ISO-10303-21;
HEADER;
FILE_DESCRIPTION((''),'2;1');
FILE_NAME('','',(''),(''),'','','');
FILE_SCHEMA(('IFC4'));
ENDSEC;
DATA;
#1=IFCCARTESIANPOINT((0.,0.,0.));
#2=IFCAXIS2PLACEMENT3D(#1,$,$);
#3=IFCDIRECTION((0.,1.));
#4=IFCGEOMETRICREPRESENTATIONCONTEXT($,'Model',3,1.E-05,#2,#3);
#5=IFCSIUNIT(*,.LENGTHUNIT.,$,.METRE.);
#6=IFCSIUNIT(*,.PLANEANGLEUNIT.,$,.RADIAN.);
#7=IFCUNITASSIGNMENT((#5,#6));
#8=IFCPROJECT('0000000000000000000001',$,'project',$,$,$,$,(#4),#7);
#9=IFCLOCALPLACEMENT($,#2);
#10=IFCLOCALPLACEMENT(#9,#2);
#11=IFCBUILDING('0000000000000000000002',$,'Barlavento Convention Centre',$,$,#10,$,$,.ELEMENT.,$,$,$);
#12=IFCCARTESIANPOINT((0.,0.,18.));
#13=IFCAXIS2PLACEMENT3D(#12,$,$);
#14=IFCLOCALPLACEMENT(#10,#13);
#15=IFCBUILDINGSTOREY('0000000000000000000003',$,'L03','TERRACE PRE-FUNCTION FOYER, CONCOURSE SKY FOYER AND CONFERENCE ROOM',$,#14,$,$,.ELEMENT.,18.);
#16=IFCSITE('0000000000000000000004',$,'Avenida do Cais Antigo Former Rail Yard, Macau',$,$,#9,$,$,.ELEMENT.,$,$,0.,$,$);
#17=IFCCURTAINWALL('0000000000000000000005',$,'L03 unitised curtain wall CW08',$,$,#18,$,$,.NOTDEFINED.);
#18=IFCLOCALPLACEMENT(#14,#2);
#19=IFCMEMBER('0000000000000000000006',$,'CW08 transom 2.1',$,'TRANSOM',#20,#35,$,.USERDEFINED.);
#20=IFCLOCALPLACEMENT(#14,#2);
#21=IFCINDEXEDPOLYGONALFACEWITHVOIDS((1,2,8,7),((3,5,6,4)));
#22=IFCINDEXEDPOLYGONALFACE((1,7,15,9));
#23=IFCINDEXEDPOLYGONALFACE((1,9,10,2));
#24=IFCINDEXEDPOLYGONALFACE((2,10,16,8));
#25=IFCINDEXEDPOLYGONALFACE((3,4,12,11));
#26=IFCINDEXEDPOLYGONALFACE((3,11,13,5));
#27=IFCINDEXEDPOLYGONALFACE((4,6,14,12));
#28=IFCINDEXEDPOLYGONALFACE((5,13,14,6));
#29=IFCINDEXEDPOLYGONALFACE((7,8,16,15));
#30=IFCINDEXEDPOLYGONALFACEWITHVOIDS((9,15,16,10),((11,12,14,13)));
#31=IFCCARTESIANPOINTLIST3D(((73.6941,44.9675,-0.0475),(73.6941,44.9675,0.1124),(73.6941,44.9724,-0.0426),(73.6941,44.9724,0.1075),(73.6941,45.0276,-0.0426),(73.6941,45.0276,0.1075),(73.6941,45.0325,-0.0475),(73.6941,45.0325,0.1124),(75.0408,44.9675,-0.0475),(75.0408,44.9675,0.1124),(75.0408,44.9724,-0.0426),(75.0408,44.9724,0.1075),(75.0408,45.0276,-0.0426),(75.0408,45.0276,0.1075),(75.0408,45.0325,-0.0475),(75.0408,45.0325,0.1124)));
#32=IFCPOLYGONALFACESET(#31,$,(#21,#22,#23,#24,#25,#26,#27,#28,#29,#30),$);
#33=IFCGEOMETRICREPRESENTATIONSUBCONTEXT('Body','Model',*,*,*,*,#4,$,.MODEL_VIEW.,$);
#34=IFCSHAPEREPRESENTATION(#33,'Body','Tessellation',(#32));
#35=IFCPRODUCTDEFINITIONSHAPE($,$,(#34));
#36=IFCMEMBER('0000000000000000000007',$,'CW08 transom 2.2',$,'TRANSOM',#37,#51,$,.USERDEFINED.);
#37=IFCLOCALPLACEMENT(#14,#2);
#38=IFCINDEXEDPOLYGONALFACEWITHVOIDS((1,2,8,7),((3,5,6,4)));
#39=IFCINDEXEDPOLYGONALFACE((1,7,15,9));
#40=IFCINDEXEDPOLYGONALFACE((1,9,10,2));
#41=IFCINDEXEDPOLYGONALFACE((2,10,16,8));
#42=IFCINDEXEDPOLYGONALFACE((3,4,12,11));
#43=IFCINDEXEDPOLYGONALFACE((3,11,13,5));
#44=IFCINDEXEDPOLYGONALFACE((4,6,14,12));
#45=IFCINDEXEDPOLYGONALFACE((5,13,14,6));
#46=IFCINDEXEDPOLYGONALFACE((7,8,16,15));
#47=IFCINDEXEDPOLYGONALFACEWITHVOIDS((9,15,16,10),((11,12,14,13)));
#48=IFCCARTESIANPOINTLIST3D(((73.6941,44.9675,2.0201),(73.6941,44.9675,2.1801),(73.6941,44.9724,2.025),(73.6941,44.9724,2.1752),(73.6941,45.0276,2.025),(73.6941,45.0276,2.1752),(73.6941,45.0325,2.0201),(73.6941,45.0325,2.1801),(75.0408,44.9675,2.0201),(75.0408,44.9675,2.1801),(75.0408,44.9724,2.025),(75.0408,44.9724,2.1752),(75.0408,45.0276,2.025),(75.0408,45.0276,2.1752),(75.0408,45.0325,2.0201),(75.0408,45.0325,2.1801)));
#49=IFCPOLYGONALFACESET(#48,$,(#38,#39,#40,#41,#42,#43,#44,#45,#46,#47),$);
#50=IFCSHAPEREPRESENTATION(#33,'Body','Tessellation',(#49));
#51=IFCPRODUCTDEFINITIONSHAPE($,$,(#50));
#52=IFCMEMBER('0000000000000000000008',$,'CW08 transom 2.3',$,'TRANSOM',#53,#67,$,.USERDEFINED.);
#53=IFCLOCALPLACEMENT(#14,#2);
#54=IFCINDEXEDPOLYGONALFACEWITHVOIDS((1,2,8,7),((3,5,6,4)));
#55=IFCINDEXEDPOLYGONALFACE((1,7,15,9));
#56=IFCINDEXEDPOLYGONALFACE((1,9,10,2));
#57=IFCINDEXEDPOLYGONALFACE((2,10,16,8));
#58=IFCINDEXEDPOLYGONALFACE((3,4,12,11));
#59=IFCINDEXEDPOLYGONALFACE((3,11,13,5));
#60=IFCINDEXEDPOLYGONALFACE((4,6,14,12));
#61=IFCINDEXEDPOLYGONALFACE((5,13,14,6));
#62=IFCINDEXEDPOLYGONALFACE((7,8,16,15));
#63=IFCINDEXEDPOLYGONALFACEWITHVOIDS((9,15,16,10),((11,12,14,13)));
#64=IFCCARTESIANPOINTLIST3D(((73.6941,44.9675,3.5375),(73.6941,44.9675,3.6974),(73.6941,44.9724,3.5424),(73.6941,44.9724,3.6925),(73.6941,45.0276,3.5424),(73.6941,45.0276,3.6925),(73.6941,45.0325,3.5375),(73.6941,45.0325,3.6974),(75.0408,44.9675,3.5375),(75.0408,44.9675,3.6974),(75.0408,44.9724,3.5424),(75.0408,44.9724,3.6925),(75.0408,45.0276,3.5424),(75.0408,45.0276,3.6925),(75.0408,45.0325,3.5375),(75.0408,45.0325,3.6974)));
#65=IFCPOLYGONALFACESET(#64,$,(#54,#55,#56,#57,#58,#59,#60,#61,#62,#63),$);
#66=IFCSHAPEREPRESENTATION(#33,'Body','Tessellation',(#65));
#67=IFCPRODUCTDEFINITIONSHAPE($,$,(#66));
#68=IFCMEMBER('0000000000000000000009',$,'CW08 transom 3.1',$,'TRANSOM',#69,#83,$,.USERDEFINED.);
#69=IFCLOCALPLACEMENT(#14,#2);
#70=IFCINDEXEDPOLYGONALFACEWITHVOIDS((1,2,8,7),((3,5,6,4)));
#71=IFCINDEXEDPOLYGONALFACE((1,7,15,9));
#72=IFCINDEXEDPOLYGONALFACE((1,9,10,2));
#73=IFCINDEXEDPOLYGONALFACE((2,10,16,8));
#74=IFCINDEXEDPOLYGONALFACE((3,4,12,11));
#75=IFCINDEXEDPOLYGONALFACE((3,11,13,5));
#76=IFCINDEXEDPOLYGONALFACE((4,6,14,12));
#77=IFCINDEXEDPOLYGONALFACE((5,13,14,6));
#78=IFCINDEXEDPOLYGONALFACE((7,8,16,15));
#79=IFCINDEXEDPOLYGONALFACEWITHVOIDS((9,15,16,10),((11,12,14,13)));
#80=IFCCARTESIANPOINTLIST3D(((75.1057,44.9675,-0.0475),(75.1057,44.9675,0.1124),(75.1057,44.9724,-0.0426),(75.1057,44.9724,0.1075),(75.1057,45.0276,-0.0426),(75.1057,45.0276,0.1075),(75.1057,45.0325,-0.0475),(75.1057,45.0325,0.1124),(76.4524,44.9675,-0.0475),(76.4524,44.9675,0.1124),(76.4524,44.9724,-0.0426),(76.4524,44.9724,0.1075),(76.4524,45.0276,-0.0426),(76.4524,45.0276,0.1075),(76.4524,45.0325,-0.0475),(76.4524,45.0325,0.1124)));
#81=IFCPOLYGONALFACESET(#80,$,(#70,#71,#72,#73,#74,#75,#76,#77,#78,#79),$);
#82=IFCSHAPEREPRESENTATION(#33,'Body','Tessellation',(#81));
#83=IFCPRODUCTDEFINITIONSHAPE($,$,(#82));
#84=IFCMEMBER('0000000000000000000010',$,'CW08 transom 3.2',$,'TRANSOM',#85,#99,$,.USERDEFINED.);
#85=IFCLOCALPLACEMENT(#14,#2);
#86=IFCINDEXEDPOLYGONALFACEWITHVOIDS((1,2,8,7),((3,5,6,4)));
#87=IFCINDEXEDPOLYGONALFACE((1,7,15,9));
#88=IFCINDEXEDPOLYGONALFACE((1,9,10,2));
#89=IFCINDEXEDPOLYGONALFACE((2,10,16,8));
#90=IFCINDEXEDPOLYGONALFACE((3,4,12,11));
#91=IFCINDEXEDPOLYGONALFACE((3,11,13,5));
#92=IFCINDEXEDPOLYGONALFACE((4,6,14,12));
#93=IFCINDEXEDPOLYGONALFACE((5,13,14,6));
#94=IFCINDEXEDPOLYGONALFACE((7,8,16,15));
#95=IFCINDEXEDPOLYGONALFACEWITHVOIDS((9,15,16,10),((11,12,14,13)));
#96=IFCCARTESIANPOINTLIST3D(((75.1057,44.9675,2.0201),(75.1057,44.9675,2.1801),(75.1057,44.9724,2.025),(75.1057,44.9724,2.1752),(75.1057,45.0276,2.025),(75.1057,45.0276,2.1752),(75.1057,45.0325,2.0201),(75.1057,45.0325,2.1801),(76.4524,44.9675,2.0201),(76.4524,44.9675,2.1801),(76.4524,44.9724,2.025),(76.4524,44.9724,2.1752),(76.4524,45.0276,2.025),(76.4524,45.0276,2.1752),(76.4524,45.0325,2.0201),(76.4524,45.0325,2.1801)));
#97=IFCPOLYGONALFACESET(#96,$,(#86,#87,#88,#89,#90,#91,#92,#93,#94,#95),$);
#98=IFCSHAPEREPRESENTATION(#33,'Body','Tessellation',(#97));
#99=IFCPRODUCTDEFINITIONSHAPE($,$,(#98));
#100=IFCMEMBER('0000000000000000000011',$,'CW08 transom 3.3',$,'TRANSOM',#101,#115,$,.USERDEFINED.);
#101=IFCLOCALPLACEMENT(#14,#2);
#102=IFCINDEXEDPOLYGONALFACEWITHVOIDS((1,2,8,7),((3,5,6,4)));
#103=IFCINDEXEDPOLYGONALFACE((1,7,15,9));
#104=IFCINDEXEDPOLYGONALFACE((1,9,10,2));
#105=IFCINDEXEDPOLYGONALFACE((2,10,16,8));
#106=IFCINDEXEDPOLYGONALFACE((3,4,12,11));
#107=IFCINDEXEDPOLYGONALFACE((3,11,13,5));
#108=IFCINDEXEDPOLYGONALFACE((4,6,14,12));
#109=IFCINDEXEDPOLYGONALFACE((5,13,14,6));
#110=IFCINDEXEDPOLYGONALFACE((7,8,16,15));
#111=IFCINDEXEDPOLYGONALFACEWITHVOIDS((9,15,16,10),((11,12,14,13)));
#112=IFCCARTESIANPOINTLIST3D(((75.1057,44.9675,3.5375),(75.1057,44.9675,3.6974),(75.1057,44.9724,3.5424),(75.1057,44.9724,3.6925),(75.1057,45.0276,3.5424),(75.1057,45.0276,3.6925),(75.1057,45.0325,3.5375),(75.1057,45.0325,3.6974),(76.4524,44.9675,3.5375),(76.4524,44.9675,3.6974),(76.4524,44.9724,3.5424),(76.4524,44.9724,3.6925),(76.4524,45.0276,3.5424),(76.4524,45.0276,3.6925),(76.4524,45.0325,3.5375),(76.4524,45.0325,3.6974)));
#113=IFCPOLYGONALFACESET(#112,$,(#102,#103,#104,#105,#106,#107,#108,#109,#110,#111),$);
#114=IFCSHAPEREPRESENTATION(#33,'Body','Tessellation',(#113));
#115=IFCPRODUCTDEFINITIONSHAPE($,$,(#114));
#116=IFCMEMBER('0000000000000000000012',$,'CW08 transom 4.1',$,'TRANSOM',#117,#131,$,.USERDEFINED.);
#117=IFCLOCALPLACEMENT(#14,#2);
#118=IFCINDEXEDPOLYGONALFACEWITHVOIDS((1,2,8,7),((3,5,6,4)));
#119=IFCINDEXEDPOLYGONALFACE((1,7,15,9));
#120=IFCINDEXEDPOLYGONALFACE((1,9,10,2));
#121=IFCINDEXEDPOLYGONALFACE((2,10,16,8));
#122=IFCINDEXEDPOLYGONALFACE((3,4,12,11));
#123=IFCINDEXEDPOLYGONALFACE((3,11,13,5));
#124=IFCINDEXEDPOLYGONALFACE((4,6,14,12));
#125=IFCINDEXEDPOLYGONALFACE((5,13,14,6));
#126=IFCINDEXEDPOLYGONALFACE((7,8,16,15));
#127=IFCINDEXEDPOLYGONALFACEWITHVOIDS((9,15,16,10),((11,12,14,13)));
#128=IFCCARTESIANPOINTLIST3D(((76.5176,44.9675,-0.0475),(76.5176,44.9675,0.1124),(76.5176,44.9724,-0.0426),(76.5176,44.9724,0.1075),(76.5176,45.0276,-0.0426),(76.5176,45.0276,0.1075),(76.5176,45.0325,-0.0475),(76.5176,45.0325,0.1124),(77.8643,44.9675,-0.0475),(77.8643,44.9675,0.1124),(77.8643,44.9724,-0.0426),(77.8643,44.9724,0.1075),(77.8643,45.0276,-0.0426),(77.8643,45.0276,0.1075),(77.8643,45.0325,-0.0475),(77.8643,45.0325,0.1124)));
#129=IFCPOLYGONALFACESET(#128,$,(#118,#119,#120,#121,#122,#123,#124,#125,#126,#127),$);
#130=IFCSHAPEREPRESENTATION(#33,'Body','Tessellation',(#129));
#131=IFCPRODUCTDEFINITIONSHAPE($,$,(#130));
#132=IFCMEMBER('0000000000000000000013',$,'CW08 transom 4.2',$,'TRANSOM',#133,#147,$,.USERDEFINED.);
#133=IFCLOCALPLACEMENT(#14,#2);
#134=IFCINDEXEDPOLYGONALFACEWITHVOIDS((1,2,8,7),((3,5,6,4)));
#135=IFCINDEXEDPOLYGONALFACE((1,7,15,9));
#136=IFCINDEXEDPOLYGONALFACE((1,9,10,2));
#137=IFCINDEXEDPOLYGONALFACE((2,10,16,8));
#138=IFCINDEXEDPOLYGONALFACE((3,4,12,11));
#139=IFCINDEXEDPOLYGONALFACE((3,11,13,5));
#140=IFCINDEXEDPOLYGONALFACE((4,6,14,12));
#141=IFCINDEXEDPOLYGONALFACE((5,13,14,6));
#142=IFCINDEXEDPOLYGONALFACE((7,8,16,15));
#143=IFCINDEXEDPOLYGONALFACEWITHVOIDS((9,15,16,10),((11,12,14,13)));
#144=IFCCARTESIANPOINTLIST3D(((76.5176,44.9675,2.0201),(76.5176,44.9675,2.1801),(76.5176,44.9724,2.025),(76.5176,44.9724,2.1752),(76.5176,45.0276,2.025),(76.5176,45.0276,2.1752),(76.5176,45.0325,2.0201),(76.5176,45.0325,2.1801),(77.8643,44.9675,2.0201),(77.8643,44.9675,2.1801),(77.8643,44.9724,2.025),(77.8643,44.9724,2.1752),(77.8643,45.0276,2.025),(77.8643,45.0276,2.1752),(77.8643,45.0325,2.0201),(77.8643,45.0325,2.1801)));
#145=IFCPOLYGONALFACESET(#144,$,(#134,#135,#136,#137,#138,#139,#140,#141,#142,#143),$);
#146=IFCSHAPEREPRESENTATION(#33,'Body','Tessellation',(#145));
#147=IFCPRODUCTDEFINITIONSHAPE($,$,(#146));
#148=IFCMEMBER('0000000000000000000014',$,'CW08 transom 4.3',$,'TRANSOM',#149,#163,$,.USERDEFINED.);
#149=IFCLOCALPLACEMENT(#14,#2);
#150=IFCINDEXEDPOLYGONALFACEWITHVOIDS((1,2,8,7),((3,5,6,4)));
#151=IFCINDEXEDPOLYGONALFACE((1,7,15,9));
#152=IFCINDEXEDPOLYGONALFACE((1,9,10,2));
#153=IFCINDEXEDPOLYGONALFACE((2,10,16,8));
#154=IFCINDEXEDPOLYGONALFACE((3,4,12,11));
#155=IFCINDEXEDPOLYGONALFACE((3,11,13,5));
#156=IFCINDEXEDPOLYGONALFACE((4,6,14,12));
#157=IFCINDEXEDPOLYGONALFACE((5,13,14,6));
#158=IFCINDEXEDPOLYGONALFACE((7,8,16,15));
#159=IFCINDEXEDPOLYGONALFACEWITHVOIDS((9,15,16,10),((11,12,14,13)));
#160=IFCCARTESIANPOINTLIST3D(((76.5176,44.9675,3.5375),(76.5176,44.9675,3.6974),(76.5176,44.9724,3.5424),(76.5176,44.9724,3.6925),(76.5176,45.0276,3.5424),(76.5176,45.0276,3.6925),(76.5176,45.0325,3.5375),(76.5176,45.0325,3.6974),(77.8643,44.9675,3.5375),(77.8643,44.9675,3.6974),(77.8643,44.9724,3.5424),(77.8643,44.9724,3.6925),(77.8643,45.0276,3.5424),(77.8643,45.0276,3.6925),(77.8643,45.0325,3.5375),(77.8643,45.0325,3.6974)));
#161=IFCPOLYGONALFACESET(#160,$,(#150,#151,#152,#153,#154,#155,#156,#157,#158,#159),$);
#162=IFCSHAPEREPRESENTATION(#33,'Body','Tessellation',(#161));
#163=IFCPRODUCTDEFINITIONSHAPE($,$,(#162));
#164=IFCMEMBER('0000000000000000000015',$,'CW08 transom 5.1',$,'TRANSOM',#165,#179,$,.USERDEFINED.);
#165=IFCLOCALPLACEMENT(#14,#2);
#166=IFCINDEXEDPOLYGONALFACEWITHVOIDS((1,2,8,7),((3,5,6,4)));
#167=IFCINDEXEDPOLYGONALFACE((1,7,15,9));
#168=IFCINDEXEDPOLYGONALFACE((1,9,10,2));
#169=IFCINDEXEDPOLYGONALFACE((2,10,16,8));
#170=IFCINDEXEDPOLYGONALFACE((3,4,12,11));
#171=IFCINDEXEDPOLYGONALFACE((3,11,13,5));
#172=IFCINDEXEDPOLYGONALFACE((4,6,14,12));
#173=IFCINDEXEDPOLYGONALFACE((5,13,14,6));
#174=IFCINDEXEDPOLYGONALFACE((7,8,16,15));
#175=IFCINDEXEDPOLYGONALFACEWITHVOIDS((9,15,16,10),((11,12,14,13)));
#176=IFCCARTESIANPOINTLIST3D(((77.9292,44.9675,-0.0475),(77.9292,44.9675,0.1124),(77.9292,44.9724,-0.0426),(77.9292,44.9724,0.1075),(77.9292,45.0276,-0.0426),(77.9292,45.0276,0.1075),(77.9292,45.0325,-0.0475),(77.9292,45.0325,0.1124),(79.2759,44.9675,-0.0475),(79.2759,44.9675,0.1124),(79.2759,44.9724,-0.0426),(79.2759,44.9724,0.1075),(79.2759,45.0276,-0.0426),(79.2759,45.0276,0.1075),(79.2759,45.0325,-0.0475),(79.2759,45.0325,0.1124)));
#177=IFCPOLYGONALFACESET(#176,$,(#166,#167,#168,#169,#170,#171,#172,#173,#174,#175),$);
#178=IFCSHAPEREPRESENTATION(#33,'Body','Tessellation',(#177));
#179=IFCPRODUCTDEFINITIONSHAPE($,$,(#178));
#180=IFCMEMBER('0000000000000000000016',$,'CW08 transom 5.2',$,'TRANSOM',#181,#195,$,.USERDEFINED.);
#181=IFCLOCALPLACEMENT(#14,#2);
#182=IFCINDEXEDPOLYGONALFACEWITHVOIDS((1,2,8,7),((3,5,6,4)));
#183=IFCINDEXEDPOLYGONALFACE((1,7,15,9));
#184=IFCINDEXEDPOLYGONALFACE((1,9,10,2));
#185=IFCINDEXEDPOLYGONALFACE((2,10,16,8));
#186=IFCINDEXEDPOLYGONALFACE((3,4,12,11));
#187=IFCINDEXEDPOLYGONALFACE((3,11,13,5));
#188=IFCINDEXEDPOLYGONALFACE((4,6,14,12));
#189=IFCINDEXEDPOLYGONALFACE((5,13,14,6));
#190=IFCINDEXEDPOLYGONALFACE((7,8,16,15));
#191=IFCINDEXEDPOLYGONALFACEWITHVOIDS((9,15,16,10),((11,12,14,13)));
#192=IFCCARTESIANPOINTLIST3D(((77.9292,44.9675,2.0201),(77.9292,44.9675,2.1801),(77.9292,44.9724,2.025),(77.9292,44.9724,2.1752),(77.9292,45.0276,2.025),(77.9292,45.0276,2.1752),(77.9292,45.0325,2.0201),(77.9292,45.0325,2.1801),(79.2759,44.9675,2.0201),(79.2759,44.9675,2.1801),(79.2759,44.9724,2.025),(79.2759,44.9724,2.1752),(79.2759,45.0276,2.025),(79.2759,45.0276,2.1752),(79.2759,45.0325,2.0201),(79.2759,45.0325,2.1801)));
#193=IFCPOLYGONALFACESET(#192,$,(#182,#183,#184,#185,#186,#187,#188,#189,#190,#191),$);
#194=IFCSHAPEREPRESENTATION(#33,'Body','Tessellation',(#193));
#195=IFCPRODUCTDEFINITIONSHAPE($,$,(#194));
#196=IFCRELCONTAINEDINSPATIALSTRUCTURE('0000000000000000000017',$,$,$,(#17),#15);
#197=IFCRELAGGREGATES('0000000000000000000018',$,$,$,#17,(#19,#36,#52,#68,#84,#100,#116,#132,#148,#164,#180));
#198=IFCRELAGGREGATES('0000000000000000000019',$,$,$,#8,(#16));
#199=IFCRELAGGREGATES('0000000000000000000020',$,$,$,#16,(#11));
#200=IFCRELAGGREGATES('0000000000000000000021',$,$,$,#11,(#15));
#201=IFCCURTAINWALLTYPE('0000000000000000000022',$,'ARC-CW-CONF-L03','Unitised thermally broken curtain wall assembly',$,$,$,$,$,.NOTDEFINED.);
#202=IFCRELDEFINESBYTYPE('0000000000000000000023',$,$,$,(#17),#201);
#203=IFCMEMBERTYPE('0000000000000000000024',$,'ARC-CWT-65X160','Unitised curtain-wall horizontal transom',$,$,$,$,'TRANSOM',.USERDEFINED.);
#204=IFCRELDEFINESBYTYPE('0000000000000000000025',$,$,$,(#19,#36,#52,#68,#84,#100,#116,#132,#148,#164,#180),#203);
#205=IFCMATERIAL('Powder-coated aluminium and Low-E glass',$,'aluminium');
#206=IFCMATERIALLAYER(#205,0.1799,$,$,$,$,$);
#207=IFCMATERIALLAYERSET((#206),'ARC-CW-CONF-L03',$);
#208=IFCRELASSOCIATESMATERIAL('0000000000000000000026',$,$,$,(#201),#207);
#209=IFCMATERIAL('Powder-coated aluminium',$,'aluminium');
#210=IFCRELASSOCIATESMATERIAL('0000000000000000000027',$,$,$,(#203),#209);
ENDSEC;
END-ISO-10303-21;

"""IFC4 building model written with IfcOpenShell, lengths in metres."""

from ifc_helpers import new_model, si_unit, direction, frame, origin, origin_2d, place, context, subcontext, project, spatial, hollow_rectangle, extrude, material, layer, layer_set, material_profile, profile_set, type_object, element, aggregate, save


model = new_model("IFC4")

# Units and contexts
model_context = context("Model", 3, precision=1e-05, world=origin(), true_north=direction((0.0, 1.0)))
body_context = subcontext(model_context, "Body", "Model", "MODEL_VIEW")
ifc_project = project(units=[si_unit("LENGTHUNIT", "METRE"), si_unit("PLANEANGLEUNIT", "RADIAN")], contexts=[model_context])

# Site, building, storey
site_placement = place(None, origin())
site = spatial("IfcSite", under=ifc_project, at=site_placement, Name="Avenida do Cais Antigo Former Rail Yard, Macau", CompositionType="ELEMENT", RefElevation=0.0)
building_placement = place(site_placement, origin())
building = spatial("IfcBuilding", under=site, at=building_placement, Name="Barlavento Convention Centre", CompositionType="ELEMENT")
storey_placement = place(building_placement, frame((0.0, 0.0, 18.0)))
storey = spatial("IfcBuildingStorey", under=building, at=storey_placement, Name="L03", Description="TERRACE PRE-FUNCTION FOYER, CONCOURSE SKY FOYER AND CONFERENCE ROOM", CompositionType="ELEMENT", Elevation=18.0)

# Curtain wall, members
ifc_material_1 = material(Name="Powder-coated aluminium and Low-E glass", Category="aluminium")
ifc_layer_1 = layer(ifc_material_1, 0.1799)
ifc_layer_set_1 = layer_set([ifc_layer_1], Name="ARC-CW-CONF-L03")
curtain_wall_type = type_object("IfcCurtainWallType", Name="ARC-CW-CONF-L03", Description="Unitised thermally broken curtain wall assembly", PredefinedType="NOTDEFINED", material=ifc_layer_set_1)
curtain_wall_placement = place(storey_placement, origin())
curtain_wall = element("IfcCurtainWall", 1, at=curtain_wall_placement, inside=storey, type_object=curtain_wall_type, Name="L03 unitised curtain wall CW08", PredefinedType="NOTDEFINED")
ifc_material_2 = material(Name="Powder-coated aluminium", Category="aluminium")
ifc_material_profile_1 = material_profile(ifc_material_2, hollow_rectangle(XDim=0.0649, YDim=0.1599, WallThickness=0.0049, at=origin_2d()), Name="AL-TRAN 65x160x5")
ifc_profile_set_1 = profile_set([ifc_material_profile_1], Name="Powder-coated aluminium")
member_type_1 = type_object("IfcMemberType", Name="ARC-CWT-65X160", Description="Unitised curtain-wall horizontal transom", ElementType="TRANSOM", PredefinedType="USERDEFINED", material=ifc_profile_set_1)
member_1_placement = place(storey_placement, frame((73.6941, 45.0, 0.0325), z_axis=(1.0, 0.0, 0.0), x_axis=(0.0, 1.0, 0.0)))
member_1 = element("IfcMember", 2, at=member_1_placement, type_object=member_type_1, Name="CW08 transom 2.1", ObjectType="TRANSOM", PredefinedType="USERDEFINED", context=body_context, shape_type="SweptSolid", body=[
    extrude(hollow_rectangle(XDim=0.0649, YDim=0.1599, WallThickness=0.0049, at=origin_2d()), origin(), (0.0, 0.0, 1.0), 1.3467),
])
member_2_placement = place(storey_placement, frame((73.6941, 45.0, 2.1001), z_axis=(1.0, 0.0, 0.0), x_axis=(0.0, 1.0, 0.0)))
member_2 = element("IfcMember", 3, at=member_2_placement, type_object=member_type_1, Name="CW08 transom 2.2", ObjectType="TRANSOM", PredefinedType="USERDEFINED", context=body_context, shape_type="SweptSolid", body=[
    extrude(hollow_rectangle(XDim=0.0649, YDim=0.1599, WallThickness=0.0049, at=origin_2d()), origin(), (0.0, 0.0, 1.0), 1.3467),
])
member_3_placement = place(storey_placement, frame((73.6941, 45.0, 3.6174), z_axis=(1.0, 0.0, 0.0), x_axis=(0.0, 1.0, 0.0)))
member_3 = element("IfcMember", 4, at=member_3_placement, type_object=member_type_1, Name="CW08 transom 2.3", ObjectType="TRANSOM", PredefinedType="USERDEFINED", context=body_context, shape_type="SweptSolid", body=[
    extrude(hollow_rectangle(XDim=0.0649, YDim=0.1599, WallThickness=0.0049, at=origin_2d()), origin(), (0.0, 0.0, 1.0), 1.3467),
])
member_4_placement = place(storey_placement, frame((75.1057, 45.0, 0.0325), z_axis=(1.0, 0.0, 0.0), x_axis=(0.0, 1.0, 0.0)))
member_4 = element("IfcMember", 5, at=member_4_placement, type_object=member_type_1, Name="CW08 transom 3.1", ObjectType="TRANSOM", PredefinedType="USERDEFINED", context=body_context, shape_type="SweptSolid", body=[
    extrude(hollow_rectangle(XDim=0.0649, YDim=0.1599, WallThickness=0.0049, at=origin_2d()), origin(), (0.0, 0.0, 1.0), 1.3467),
])
member_5_placement = place(storey_placement, frame((75.1057, 45.0, 2.1001), z_axis=(1.0, 0.0, 0.0), x_axis=(0.0, 1.0, 0.0)))
member_5 = element("IfcMember", 6, at=member_5_placement, type_object=member_type_1, Name="CW08 transom 3.2", ObjectType="TRANSOM", PredefinedType="USERDEFINED", context=body_context, shape_type="SweptSolid", body=[
    extrude(hollow_rectangle(XDim=0.0649, YDim=0.1599, WallThickness=0.0049, at=origin_2d()), origin(), (0.0, 0.0, 1.0), 1.3467),
])
member_6_placement = place(storey_placement, frame((75.1057, 45.0, 3.6174), z_axis=(1.0, 0.0, 0.0), x_axis=(0.0, 1.0, 0.0)))
member_6 = element("IfcMember", 7, at=member_6_placement, type_object=member_type_1, Name="CW08 transom 3.3", ObjectType="TRANSOM", PredefinedType="USERDEFINED", context=body_context, shape_type="SweptSolid", body=[
    extrude(hollow_rectangle(XDim=0.0649, YDim=0.1599, WallThickness=0.0049, at=origin_2d()), origin(), (0.0, 0.0, 1.0), 1.3467),
])
member_7_placement = place(storey_placement, frame((76.5176, 45.0, 0.0325), z_axis=(1.0, 0.0, 0.0), x_axis=(0.0, 1.0, 0.0)))
member_7 = element("IfcMember", 8, at=member_7_placement, type_object=member_type_1, Name="CW08 transom 4.1", ObjectType="TRANSOM", PredefinedType="USERDEFINED", context=body_context, shape_type="SweptSolid", body=[
    extrude(hollow_rectangle(XDim=0.0649, YDim=0.1599, WallThickness=0.0049, at=origin_2d()), origin(), (0.0, 0.0, 1.0), 1.3467),
])
member_8_placement = place(storey_placement, frame((76.5176, 45.0, 2.1001), z_axis=(1.0, 0.0, 0.0), x_axis=(0.0, 1.0, 0.0)))
member_8 = element("IfcMember", 9, at=member_8_placement, type_object=member_type_1, Name="CW08 transom 4.2", ObjectType="TRANSOM", PredefinedType="USERDEFINED", context=body_context, shape_type="SweptSolid", body=[
    extrude(hollow_rectangle(XDim=0.0649, YDim=0.1599, WallThickness=0.0049, at=origin_2d()), origin(), (0.0, 0.0, 1.0), 1.3467),
])
member_9_placement = place(storey_placement, frame((76.5176, 45.0, 3.6174), z_axis=(1.0, 0.0, 0.0), x_axis=(0.0, 1.0, 0.0)))
member_9 = element("IfcMember", 10, at=member_9_placement, type_object=member_type_1, Name="CW08 transom 4.3", ObjectType="TRANSOM", PredefinedType="USERDEFINED", context=body_context, shape_type="SweptSolid", body=[
    extrude(hollow_rectangle(XDim=0.0649, YDim=0.1599, WallThickness=0.0049, at=origin_2d()), origin(), (0.0, 0.0, 1.0), 1.3467),
])
member_10_placement = place(storey_placement, frame((77.9292, 45.0, 0.0325), z_axis=(1.0, 0.0, 0.0), x_axis=(0.0, 1.0, 0.0)))
member_10 = element("IfcMember", 11, at=member_10_placement, type_object=member_type_1, Name="CW08 transom 5.1", ObjectType="TRANSOM", PredefinedType="USERDEFINED", context=body_context, shape_type="SweptSolid", body=[
    extrude(hollow_rectangle(XDim=0.0649, YDim=0.1599, WallThickness=0.0049, at=origin_2d()), origin(), (0.0, 0.0, 1.0), 1.3467),
])
member_11_placement = place(storey_placement, frame((77.9292, 45.0, 2.1001), z_axis=(1.0, 0.0, 0.0), x_axis=(0.0, 1.0, 0.0)))
member_11 = element("IfcMember", 12, at=member_11_placement, type_object=member_type_1, Name="CW08 transom 5.2", ObjectType="TRANSOM", PredefinedType="USERDEFINED", context=body_context, shape_type="SweptSolid", body=[
    extrude(hollow_rectangle(XDim=0.0649, YDim=0.1599, WallThickness=0.0049, at=origin_2d()), origin(), (0.0, 0.0, 1.0), 1.3467),
])

aggregate(curtain_wall, [member_1, member_2, member_3, member_4, member_5, member_6, member_7, member_8, member_9, member_10, member_11])

save(model, "model.ifc")
